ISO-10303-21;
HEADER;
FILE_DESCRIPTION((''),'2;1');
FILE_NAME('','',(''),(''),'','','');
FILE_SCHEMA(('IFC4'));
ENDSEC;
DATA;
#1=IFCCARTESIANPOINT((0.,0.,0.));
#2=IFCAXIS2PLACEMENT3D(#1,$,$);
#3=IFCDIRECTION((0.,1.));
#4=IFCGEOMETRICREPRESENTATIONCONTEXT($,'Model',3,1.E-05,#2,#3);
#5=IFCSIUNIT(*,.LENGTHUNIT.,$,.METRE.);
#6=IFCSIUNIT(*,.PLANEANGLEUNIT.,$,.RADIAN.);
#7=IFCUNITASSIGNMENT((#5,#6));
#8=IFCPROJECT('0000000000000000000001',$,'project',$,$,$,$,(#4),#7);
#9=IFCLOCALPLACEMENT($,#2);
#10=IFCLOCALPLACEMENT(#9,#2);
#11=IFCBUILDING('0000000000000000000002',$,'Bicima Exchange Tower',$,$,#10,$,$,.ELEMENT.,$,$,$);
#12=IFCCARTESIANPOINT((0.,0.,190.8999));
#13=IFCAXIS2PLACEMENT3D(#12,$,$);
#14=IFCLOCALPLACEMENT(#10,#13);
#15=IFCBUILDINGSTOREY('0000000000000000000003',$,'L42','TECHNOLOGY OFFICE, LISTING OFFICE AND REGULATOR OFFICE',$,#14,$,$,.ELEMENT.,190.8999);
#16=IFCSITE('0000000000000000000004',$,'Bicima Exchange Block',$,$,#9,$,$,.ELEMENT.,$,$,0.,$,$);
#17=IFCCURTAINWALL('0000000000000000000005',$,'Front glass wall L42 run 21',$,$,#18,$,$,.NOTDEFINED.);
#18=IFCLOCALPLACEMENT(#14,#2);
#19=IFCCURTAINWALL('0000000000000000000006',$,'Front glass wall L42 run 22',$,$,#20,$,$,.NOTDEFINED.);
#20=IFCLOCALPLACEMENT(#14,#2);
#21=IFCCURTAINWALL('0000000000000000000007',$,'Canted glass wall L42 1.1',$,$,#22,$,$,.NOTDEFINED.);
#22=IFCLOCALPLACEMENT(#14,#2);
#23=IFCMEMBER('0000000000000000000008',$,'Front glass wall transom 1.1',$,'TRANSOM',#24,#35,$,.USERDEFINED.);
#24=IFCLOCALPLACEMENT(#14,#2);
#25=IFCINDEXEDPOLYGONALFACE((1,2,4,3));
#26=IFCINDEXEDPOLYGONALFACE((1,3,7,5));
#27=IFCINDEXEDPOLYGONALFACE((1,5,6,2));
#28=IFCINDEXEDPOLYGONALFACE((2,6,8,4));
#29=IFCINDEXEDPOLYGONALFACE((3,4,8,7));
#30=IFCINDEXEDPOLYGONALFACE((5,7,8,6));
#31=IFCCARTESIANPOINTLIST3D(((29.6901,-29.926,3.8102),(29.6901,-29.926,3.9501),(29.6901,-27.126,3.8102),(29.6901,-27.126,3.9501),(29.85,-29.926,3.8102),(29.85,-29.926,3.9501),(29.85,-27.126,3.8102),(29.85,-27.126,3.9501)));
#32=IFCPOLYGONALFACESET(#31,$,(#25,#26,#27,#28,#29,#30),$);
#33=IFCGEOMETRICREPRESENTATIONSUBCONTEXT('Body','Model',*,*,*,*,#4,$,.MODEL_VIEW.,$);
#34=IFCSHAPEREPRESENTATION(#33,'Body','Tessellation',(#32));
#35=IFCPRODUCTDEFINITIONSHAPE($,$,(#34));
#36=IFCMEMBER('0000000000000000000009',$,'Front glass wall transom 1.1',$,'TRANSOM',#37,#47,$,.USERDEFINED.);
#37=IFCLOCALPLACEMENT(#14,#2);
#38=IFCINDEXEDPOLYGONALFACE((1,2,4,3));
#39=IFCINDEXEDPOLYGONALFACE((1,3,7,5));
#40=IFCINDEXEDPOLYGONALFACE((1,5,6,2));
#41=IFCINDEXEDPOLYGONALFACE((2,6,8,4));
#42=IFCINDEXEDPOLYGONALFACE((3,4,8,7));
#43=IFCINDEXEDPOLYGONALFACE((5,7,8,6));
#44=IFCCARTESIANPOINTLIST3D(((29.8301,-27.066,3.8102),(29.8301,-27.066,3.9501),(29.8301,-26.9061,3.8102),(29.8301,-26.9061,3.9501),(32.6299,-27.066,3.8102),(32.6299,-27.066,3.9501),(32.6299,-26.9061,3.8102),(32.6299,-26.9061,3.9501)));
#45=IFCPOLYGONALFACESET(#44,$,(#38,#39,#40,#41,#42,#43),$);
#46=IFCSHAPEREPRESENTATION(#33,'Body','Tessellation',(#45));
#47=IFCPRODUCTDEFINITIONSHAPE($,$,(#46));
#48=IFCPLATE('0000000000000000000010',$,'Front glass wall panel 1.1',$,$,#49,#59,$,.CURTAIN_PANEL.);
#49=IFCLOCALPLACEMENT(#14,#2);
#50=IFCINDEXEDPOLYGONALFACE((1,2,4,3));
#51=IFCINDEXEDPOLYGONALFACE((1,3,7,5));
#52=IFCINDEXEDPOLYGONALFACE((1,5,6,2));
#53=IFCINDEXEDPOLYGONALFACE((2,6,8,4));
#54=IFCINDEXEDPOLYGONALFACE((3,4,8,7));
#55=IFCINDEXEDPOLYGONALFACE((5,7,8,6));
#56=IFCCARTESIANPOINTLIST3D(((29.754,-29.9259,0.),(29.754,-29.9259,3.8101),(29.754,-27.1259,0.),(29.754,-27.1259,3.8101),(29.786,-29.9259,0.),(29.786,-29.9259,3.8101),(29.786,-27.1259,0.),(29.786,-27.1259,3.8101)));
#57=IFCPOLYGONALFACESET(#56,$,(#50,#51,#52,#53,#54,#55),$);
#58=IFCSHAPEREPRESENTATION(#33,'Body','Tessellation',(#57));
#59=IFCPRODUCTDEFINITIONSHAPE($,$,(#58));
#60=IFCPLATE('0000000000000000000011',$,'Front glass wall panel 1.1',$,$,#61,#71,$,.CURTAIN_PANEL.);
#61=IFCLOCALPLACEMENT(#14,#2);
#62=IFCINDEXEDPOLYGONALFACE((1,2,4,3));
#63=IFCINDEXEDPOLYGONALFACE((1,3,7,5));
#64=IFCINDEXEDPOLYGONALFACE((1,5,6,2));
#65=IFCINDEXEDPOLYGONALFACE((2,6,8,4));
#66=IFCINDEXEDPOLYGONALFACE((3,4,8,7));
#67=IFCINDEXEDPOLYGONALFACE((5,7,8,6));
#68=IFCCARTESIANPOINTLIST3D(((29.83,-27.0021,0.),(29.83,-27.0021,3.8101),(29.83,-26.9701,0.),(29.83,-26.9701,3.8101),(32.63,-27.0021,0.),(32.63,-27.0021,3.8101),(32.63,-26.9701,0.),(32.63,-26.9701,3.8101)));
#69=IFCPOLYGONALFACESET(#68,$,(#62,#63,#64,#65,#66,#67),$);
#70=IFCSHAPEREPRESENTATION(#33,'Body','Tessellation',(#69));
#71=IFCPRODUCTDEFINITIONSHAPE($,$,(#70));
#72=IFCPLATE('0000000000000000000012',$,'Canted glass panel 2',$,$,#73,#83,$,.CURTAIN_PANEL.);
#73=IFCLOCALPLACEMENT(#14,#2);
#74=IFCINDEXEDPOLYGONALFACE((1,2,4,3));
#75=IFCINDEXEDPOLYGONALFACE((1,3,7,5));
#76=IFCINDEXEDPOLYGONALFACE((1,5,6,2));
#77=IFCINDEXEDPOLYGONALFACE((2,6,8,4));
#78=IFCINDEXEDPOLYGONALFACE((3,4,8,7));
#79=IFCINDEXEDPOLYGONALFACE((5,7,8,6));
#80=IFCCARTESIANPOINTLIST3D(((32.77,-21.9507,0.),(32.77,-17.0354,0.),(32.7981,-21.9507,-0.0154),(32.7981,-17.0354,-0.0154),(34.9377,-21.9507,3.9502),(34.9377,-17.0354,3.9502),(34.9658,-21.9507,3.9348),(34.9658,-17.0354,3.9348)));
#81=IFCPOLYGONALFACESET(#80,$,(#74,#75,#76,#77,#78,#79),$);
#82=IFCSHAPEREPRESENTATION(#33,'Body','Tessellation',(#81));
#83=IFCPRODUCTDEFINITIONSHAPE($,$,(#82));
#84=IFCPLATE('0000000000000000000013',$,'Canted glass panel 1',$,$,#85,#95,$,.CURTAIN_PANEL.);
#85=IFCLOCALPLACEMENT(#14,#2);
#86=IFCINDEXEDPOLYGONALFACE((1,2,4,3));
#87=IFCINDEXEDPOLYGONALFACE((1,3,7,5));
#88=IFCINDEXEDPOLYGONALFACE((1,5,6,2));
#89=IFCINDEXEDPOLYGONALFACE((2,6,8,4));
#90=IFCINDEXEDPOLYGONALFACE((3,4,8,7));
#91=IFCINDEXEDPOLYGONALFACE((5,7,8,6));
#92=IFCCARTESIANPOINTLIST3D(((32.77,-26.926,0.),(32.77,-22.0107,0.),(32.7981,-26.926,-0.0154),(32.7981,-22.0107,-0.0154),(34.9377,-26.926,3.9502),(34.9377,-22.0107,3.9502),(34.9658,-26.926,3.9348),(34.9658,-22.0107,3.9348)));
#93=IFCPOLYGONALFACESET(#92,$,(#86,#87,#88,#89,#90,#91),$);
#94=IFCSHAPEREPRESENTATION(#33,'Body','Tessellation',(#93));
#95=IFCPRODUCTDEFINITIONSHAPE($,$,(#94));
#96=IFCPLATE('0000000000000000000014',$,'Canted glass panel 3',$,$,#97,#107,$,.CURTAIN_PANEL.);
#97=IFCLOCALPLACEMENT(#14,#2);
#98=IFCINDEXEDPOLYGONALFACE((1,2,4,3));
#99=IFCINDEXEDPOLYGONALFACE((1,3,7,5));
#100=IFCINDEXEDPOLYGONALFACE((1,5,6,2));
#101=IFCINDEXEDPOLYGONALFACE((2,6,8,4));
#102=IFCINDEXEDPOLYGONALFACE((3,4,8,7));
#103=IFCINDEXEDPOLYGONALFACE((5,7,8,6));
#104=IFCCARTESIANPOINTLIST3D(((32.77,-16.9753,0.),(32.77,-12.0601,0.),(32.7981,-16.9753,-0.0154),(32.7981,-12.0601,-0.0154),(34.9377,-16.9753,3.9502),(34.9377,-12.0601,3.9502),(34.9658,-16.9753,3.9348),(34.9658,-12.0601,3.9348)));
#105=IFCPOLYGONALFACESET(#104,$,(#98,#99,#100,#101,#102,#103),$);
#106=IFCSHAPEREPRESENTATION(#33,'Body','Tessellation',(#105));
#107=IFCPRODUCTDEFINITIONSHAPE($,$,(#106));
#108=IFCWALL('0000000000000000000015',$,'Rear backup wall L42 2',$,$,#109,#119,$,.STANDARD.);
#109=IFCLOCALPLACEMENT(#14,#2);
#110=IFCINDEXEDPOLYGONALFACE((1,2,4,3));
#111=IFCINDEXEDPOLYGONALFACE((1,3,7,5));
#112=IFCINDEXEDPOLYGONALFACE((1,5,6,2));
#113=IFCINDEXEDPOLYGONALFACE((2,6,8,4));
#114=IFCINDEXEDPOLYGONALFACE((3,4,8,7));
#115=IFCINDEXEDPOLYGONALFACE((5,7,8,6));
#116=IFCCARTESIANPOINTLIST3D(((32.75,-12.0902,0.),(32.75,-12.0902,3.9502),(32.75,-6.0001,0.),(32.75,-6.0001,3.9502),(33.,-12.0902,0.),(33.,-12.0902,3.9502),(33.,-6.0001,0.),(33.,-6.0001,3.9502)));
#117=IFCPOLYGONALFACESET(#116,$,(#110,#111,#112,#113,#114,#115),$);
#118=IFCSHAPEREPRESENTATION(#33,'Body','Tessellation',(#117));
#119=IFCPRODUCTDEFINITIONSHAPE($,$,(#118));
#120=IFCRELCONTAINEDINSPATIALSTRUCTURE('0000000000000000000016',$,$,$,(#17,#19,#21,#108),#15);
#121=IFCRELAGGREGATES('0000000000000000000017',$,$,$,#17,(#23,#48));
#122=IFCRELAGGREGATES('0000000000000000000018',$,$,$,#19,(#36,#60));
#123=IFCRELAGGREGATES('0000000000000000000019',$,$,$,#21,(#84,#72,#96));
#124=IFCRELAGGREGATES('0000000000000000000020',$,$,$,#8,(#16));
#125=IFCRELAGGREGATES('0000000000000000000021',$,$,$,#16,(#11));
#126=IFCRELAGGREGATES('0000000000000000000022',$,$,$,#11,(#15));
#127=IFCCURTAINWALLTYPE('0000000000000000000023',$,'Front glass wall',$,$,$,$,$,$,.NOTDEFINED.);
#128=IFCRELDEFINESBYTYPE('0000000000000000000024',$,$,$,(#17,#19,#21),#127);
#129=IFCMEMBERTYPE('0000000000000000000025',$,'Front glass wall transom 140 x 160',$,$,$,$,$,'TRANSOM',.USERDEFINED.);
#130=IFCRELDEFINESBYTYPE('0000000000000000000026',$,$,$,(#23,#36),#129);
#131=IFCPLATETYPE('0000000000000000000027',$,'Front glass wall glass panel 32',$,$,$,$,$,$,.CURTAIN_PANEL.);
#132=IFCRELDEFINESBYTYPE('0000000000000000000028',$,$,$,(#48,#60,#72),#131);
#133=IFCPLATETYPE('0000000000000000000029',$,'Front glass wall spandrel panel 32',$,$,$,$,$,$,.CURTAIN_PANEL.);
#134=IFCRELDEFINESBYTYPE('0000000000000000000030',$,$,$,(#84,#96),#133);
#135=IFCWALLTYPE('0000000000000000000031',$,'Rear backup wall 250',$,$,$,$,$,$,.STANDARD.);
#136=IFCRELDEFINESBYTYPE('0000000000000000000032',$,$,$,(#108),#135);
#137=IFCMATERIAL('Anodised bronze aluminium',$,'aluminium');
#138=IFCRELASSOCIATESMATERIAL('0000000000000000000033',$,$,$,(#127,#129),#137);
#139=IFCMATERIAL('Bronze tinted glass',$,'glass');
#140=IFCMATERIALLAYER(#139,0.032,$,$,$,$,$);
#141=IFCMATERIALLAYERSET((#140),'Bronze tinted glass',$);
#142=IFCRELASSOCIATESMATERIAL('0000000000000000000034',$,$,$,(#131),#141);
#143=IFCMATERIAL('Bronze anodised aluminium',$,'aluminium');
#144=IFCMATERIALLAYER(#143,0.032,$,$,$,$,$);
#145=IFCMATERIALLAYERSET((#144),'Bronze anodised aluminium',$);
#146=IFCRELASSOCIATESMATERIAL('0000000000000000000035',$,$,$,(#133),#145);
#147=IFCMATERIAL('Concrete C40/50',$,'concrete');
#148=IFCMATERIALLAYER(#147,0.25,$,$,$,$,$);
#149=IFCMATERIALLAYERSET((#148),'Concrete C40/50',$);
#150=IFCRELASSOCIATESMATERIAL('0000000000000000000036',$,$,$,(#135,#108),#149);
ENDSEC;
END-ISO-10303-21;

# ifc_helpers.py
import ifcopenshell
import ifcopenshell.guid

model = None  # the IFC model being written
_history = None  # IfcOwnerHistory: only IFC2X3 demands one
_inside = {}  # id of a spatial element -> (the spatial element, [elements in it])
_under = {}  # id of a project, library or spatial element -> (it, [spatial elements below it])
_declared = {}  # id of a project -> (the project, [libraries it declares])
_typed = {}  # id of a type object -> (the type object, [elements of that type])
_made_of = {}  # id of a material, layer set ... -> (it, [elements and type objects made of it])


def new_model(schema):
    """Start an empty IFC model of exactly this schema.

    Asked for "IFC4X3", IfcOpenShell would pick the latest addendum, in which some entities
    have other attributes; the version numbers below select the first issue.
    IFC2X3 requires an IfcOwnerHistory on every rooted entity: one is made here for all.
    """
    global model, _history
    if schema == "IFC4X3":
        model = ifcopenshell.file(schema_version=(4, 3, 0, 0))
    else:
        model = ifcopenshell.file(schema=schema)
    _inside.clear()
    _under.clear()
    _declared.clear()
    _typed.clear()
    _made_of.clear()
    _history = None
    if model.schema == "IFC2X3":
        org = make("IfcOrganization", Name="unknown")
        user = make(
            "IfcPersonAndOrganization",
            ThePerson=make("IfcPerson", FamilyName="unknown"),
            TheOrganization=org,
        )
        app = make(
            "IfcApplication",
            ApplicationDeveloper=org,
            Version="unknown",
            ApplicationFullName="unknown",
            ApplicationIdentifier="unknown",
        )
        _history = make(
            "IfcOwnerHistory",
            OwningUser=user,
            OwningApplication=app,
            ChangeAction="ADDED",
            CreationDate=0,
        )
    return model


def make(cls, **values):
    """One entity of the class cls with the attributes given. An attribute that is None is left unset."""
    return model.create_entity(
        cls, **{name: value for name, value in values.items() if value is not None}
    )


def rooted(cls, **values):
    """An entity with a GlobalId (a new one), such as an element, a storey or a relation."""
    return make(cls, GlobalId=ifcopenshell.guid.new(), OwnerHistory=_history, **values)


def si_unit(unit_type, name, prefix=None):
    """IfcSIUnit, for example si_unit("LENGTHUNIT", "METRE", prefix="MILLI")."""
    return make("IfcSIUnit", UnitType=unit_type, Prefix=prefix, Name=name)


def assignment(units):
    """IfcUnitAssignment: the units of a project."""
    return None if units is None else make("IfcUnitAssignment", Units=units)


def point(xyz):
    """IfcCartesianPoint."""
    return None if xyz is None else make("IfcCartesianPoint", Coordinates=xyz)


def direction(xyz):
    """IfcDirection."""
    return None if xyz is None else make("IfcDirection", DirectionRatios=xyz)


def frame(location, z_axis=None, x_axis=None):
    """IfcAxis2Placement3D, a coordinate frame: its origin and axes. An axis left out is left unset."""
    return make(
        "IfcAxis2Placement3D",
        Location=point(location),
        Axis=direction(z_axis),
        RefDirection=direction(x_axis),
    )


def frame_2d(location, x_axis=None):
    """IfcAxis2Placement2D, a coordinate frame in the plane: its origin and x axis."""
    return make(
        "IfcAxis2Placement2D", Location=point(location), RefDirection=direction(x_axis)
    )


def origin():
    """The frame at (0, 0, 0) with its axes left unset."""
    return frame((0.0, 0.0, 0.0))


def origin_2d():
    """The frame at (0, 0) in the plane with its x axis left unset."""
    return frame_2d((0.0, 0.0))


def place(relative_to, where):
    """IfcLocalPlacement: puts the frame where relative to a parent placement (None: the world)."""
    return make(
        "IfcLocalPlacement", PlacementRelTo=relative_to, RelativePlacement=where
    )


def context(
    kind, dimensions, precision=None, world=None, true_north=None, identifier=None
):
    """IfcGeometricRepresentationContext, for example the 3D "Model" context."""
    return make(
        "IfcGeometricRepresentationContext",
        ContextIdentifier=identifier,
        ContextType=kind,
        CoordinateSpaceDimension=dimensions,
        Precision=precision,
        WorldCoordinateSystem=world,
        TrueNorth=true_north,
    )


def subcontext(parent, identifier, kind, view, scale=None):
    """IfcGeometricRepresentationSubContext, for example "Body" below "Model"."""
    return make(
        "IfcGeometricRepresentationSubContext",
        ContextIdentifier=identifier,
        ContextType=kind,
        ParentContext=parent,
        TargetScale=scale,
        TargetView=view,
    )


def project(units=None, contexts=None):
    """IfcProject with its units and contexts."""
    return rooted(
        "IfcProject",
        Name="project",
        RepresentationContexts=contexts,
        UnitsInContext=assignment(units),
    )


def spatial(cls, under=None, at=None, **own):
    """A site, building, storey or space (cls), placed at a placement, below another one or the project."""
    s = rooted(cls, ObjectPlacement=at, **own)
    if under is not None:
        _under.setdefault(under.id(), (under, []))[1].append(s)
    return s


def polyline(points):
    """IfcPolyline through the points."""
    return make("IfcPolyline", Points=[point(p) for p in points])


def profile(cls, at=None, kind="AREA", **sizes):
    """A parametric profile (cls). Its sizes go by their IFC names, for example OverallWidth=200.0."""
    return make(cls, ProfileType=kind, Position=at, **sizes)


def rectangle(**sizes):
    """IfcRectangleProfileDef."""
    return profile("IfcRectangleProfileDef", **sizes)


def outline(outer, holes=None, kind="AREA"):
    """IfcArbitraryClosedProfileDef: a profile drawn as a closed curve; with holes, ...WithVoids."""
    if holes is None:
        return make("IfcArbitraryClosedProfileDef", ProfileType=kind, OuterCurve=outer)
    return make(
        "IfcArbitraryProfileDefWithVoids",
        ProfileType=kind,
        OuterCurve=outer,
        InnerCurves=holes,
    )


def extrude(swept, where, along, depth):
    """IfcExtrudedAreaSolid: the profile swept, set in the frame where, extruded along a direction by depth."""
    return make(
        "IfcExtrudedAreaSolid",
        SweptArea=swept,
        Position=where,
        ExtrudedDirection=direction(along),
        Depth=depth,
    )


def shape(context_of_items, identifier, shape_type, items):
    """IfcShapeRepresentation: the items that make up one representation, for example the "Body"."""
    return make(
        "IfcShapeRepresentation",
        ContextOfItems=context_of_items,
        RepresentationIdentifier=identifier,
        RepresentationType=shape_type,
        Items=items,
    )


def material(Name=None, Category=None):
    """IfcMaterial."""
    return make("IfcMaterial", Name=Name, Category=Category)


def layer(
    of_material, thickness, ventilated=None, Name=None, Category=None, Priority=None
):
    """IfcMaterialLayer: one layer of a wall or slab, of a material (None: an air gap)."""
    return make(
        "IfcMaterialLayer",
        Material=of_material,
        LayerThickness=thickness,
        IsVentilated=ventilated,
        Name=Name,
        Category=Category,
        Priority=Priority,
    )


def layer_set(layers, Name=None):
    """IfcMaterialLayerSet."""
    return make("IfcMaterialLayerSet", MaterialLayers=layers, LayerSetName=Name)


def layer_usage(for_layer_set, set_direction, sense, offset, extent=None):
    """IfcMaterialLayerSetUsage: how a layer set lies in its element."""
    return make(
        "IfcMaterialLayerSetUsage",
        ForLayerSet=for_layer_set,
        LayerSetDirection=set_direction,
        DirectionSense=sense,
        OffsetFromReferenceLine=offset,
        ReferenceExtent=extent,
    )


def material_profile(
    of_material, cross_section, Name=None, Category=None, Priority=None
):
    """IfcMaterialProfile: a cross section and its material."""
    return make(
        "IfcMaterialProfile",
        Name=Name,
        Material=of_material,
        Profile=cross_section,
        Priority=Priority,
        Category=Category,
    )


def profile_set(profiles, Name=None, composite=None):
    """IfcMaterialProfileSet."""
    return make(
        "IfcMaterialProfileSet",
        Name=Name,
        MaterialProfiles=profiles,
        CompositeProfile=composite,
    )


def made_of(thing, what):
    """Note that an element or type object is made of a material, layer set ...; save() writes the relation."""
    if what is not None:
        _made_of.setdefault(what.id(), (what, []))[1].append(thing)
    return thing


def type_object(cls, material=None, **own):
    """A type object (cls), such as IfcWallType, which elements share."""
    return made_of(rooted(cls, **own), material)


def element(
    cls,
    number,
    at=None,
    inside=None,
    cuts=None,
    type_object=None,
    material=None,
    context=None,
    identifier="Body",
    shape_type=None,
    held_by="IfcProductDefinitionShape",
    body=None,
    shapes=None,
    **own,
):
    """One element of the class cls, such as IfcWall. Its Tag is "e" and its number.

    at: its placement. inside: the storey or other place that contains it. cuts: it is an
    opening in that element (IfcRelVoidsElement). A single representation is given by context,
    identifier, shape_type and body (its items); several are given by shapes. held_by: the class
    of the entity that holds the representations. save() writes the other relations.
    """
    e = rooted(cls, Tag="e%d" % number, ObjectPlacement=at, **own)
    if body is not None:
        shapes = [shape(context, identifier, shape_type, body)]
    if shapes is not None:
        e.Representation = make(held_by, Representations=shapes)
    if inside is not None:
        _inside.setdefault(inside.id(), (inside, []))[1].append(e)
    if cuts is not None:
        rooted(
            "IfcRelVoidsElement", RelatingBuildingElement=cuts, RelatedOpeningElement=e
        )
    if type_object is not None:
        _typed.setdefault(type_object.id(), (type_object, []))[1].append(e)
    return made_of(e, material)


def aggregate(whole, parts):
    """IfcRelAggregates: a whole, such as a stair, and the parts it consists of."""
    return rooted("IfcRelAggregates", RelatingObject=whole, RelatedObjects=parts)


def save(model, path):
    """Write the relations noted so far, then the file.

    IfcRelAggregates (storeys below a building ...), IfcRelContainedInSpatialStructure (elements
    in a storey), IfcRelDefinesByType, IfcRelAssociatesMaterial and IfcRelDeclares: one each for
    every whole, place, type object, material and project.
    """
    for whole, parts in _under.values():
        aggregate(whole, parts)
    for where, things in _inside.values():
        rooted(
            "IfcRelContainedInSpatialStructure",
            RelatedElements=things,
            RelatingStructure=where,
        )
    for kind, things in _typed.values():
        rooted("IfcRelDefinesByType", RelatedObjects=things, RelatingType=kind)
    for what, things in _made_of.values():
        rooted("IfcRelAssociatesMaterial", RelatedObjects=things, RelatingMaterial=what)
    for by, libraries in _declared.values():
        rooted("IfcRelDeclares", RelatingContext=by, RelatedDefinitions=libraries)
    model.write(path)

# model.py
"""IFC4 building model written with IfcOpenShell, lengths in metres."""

from ifc_helpers import new_model, si_unit, direction, frame, frame_2d, origin, origin_2d, place, context, subcontext, project, spatial, polyline, rectangle, outline, extrude, material, layer, layer_set, layer_usage, material_profile, profile_set, type_object, element, aggregate, save


model = new_model("IFC4")

# Units and contexts
model_context = context("Model", 3, precision=1e-05, world=origin(), true_north=direction((0.0, 1.0)))
body_context = subcontext(model_context, "Body", "Model", "MODEL_VIEW")
ifc_project = project(units=[si_unit("LENGTHUNIT", "METRE"), si_unit("PLANEANGLEUNIT", "RADIAN")], contexts=[model_context])

# Site, building, storey
site_placement = place(None, origin())
site = spatial("IfcSite", under=ifc_project, at=site_placement, Name="Bicima Exchange Block", CompositionType="ELEMENT", RefElevation=0.0)
building_placement = place(site_placement, origin())
building = spatial("IfcBuilding", under=site, at=building_placement, Name="Bicima Exchange Tower", CompositionType="ELEMENT")
storey_placement = place(building_placement, frame((0.0, 0.0, 190.8999)))
storey = spatial("IfcBuildingStorey", under=building, at=storey_placement, Name="L42", Description="TECHNOLOGY OFFICE, LISTING OFFICE AND REGULATOR OFFICE", CompositionType="ELEMENT", Elevation=190.8999)

# Curtain walls
ifc_material_1 = material(Name="Anodised bronze aluminium", Category="aluminium")
curtain_wall_type = type_object("IfcCurtainWallType", Name="Front glass wall", PredefinedType="NOTDEFINED", material=ifc_material_1)
curtain_wall_1_placement = place(storey_placement, origin())
curtain_wall_1 = element("IfcCurtainWall", 1, at=curtain_wall_1_placement, inside=storey, type_object=curtain_wall_type, Name="Front glass wall L42 run 21", PredefinedType="NOTDEFINED")
curtain_wall_2_placement = place(storey_placement, origin())
curtain_wall_2 = element("IfcCurtainWall", 2, at=curtain_wall_2_placement, inside=storey, type_object=curtain_wall_type, Name="Front glass wall L42 run 22", PredefinedType="NOTDEFINED")
curtain_wall_3_placement = place(storey_placement, origin())
curtain_wall_3 = element("IfcCurtainWall", 3, at=curtain_wall_3_placement, inside=storey, type_object=curtain_wall_type, Name="Canted glass wall L42 1.1", PredefinedType="NOTDEFINED")

# Members
ifc_material_profile_1 = material_profile(ifc_material_1, rectangle(XDim=0.1599, YDim=0.1399, at=origin_2d()))
ifc_profile_set_1 = profile_set([ifc_material_profile_1], Name="Anodised bronze aluminium")
member_type_1 = type_object("IfcMemberType", Name="Front glass wall transom 140 x 160", ElementType="TRANSOM", PredefinedType="USERDEFINED", material=ifc_profile_set_1)
member_1_placement = place(storey_placement, frame((29.77, -29.926, 3.8801), z_axis=(0.0, 1.0, 0.0), x_axis=(-1.0, 0.0, 0.0)))
member_1 = element("IfcMember", 4, at=member_1_placement, type_object=member_type_1, Name="Front glass wall transom 1.1", ObjectType="TRANSOM", PredefinedType="USERDEFINED", context=body_context, shape_type="SweptSolid", body=[
    extrude(rectangle(XDim=0.1599, YDim=0.1399, at=origin_2d()), origin(), (0.0, 0.0, 1.0), 2.8),
])
member_2_placement = place(storey_placement, frame((29.8301, -26.9861, 3.8801), z_axis=(1.0, 0.0, 0.0), x_axis=(0.0, 1.0, 0.0)))
member_2 = element("IfcMember", 5, at=member_2_placement, type_object=member_type_1, Name="Front glass wall transom 1.1", ObjectType="TRANSOM", PredefinedType="USERDEFINED", context=body_context, shape_type="SweptSolid", body=[
    extrude(rectangle(XDim=0.1599, YDim=0.1399, at=origin_2d()), origin(), (0.0, 0.0, 1.0), 2.7998),
])

# Plates
ifc_material_2 = material(Name="Bronze tinted glass", Category="glass")
ifc_layer_1 = layer(ifc_material_2, 0.032)
ifc_layer_set_1 = layer_set([ifc_layer_1], Name="Bronze tinted glass")
plate_type_1 = type_object("IfcPlateType", Name="Front glass wall glass panel 32", PredefinedType="CURTAIN_PANEL", material=ifc_layer_set_1)
plate_1_placement = place(storey_placement, frame((29.77, -28.5259, 0.0), z_axis=(0.0, 0.0, 1.0), x_axis=(0.0, 1.0, 0.0)))
plate_1 = element("IfcPlate", 6, at=plate_1_placement, type_object=plate_type_1, Name="Front glass wall panel 1.1", PredefinedType="CURTAIN_PANEL", context=body_context, shape_type="SweptSolid", body=[
    extrude(rectangle(XDim=2.8, YDim=0.032, at=origin_2d()), origin(), (0.0, 0.0, 1.0), 3.8101),
])
aggregate(curtain_wall_1, [member_1, plate_1])
plate_2_placement = place(storey_placement, frame((31.23, -26.9861, 0.0), z_axis=(0.0, 0.0, 1.0), x_axis=(1.0, 0.0, 0.0)))
plate_2 = element("IfcPlate", 7, at=plate_2_placement, type_object=plate_type_1, Name="Front glass wall panel 1.1", PredefinedType="CURTAIN_PANEL", context=body_context, shape_type="SweptSolid", body=[
    extrude(rectangle(XDim=2.8, YDim=0.032, at=origin_2d()), origin(), (0.0, 0.0, 1.0), 3.8101),
])
aggregate(curtain_wall_2, [member_2, plate_2])
plate_3_placement = place(storey_placement, frame((32.77, -21.9507, 0.0), z_axis=(-0.876673, 0.0, 0.481087), x_axis=(0.0, 1.0, 0.0)))
plate_3 = element("IfcPlate", 8, at=plate_3_placement, type_object=plate_type_1, Name="Canted glass panel 2", PredefinedType="CURTAIN_PANEL", context=body_context, shape_type="SweptSolid", body=[
    extrude(outline(polyline([(0.0, 0.0), (4.9153, 0.0), (4.9153, -4.5059), (0.0, -4.5059), (0.0, 0.0)])), origin(), (0.0, 0.0, -1.0), 0.032),
])
ifc_material_3 = material(Name="Bronze anodised aluminium", Category="aluminium")
ifc_layer_2 = layer(ifc_material_3, 0.032)
ifc_layer_set_2 = layer_set([ifc_layer_2], Name="Bronze anodised aluminium")
plate_type_2 = type_object("IfcPlateType", Name="Front glass wall spandrel panel 32", PredefinedType="CURTAIN_PANEL", material=ifc_layer_set_2)
plate_4_placement = place(storey_placement, frame((32.77, -26.926, 0.0), z_axis=(-0.876673, 0.0, 0.481087), x_axis=(0.0, 1.0, 0.0)))
plate_4 = element("IfcPlate", 9, at=plate_4_placement, type_object=plate_type_2, Name="Canted glass panel 1", PredefinedType="CURTAIN_PANEL", context=body_context, shape_type="SweptSolid", body=[
    extrude(outline(polyline([(0.0, 0.0), (4.9153, 0.0), (4.9153, -4.5059), (0.0, -4.5059), (0.0, 0.0)])), origin(), (0.0, 0.0, -1.0), 0.032),
])
plate_5_placement = place(storey_placement, frame((32.77, -16.9753, 0.0), z_axis=(-0.876673, 0.0, 0.481087), x_axis=(0.0, 1.0, 0.0)))
plate_5 = element("IfcPlate", 10, at=plate_5_placement, type_object=plate_type_2, Name="Canted glass panel 3", PredefinedType="CURTAIN_PANEL", context=body_context, shape_type="SweptSolid", body=[
    extrude(outline(polyline([(0.0, 0.0), (4.9153, 0.0), (4.9153, -4.5059), (0.0, -4.5059), (0.0, 0.0)])), origin(), (0.0, 0.0, -1.0), 0.032),
])
aggregate(curtain_wall_3, [plate_4, plate_3, plate_5])

# Wall
ifc_material_4 = material(Name="Concrete C40/50", Category="concrete")
ifc_layer_3 = layer(ifc_material_4, 0.25)
ifc_layer_set_3 = layer_set([ifc_layer_3], Name="Concrete C40/50")
ifc_layer_usage = layer_usage(ifc_layer_set_3, "AXIS2", "POSITIVE", -0.125)
wall_type = type_object("IfcWallType", Name="Rear backup wall 250", PredefinedType="STANDARD", material=ifc_layer_set_3)
wall_placement = place(storey_placement, frame((32.875, -12.0901, 0.0), z_axis=(0.0, 0.0, 1.0), x_axis=(0.0, 1.0, 0.0)))
element("IfcWall", 11, at=wall_placement, inside=storey, type_object=wall_type, material=ifc_layer_usage, Name="Rear backup wall L42 2", PredefinedType="STANDARD", context=body_context, shape_type="SweptSolid", body=[
    extrude(rectangle(XDim=6.0901, YDim=0.25, at=frame_2d((3.0449, 0.0))), origin(), (0.0, 0.0, 1.0), 3.9502),
])

save(model, "model.ifc")
